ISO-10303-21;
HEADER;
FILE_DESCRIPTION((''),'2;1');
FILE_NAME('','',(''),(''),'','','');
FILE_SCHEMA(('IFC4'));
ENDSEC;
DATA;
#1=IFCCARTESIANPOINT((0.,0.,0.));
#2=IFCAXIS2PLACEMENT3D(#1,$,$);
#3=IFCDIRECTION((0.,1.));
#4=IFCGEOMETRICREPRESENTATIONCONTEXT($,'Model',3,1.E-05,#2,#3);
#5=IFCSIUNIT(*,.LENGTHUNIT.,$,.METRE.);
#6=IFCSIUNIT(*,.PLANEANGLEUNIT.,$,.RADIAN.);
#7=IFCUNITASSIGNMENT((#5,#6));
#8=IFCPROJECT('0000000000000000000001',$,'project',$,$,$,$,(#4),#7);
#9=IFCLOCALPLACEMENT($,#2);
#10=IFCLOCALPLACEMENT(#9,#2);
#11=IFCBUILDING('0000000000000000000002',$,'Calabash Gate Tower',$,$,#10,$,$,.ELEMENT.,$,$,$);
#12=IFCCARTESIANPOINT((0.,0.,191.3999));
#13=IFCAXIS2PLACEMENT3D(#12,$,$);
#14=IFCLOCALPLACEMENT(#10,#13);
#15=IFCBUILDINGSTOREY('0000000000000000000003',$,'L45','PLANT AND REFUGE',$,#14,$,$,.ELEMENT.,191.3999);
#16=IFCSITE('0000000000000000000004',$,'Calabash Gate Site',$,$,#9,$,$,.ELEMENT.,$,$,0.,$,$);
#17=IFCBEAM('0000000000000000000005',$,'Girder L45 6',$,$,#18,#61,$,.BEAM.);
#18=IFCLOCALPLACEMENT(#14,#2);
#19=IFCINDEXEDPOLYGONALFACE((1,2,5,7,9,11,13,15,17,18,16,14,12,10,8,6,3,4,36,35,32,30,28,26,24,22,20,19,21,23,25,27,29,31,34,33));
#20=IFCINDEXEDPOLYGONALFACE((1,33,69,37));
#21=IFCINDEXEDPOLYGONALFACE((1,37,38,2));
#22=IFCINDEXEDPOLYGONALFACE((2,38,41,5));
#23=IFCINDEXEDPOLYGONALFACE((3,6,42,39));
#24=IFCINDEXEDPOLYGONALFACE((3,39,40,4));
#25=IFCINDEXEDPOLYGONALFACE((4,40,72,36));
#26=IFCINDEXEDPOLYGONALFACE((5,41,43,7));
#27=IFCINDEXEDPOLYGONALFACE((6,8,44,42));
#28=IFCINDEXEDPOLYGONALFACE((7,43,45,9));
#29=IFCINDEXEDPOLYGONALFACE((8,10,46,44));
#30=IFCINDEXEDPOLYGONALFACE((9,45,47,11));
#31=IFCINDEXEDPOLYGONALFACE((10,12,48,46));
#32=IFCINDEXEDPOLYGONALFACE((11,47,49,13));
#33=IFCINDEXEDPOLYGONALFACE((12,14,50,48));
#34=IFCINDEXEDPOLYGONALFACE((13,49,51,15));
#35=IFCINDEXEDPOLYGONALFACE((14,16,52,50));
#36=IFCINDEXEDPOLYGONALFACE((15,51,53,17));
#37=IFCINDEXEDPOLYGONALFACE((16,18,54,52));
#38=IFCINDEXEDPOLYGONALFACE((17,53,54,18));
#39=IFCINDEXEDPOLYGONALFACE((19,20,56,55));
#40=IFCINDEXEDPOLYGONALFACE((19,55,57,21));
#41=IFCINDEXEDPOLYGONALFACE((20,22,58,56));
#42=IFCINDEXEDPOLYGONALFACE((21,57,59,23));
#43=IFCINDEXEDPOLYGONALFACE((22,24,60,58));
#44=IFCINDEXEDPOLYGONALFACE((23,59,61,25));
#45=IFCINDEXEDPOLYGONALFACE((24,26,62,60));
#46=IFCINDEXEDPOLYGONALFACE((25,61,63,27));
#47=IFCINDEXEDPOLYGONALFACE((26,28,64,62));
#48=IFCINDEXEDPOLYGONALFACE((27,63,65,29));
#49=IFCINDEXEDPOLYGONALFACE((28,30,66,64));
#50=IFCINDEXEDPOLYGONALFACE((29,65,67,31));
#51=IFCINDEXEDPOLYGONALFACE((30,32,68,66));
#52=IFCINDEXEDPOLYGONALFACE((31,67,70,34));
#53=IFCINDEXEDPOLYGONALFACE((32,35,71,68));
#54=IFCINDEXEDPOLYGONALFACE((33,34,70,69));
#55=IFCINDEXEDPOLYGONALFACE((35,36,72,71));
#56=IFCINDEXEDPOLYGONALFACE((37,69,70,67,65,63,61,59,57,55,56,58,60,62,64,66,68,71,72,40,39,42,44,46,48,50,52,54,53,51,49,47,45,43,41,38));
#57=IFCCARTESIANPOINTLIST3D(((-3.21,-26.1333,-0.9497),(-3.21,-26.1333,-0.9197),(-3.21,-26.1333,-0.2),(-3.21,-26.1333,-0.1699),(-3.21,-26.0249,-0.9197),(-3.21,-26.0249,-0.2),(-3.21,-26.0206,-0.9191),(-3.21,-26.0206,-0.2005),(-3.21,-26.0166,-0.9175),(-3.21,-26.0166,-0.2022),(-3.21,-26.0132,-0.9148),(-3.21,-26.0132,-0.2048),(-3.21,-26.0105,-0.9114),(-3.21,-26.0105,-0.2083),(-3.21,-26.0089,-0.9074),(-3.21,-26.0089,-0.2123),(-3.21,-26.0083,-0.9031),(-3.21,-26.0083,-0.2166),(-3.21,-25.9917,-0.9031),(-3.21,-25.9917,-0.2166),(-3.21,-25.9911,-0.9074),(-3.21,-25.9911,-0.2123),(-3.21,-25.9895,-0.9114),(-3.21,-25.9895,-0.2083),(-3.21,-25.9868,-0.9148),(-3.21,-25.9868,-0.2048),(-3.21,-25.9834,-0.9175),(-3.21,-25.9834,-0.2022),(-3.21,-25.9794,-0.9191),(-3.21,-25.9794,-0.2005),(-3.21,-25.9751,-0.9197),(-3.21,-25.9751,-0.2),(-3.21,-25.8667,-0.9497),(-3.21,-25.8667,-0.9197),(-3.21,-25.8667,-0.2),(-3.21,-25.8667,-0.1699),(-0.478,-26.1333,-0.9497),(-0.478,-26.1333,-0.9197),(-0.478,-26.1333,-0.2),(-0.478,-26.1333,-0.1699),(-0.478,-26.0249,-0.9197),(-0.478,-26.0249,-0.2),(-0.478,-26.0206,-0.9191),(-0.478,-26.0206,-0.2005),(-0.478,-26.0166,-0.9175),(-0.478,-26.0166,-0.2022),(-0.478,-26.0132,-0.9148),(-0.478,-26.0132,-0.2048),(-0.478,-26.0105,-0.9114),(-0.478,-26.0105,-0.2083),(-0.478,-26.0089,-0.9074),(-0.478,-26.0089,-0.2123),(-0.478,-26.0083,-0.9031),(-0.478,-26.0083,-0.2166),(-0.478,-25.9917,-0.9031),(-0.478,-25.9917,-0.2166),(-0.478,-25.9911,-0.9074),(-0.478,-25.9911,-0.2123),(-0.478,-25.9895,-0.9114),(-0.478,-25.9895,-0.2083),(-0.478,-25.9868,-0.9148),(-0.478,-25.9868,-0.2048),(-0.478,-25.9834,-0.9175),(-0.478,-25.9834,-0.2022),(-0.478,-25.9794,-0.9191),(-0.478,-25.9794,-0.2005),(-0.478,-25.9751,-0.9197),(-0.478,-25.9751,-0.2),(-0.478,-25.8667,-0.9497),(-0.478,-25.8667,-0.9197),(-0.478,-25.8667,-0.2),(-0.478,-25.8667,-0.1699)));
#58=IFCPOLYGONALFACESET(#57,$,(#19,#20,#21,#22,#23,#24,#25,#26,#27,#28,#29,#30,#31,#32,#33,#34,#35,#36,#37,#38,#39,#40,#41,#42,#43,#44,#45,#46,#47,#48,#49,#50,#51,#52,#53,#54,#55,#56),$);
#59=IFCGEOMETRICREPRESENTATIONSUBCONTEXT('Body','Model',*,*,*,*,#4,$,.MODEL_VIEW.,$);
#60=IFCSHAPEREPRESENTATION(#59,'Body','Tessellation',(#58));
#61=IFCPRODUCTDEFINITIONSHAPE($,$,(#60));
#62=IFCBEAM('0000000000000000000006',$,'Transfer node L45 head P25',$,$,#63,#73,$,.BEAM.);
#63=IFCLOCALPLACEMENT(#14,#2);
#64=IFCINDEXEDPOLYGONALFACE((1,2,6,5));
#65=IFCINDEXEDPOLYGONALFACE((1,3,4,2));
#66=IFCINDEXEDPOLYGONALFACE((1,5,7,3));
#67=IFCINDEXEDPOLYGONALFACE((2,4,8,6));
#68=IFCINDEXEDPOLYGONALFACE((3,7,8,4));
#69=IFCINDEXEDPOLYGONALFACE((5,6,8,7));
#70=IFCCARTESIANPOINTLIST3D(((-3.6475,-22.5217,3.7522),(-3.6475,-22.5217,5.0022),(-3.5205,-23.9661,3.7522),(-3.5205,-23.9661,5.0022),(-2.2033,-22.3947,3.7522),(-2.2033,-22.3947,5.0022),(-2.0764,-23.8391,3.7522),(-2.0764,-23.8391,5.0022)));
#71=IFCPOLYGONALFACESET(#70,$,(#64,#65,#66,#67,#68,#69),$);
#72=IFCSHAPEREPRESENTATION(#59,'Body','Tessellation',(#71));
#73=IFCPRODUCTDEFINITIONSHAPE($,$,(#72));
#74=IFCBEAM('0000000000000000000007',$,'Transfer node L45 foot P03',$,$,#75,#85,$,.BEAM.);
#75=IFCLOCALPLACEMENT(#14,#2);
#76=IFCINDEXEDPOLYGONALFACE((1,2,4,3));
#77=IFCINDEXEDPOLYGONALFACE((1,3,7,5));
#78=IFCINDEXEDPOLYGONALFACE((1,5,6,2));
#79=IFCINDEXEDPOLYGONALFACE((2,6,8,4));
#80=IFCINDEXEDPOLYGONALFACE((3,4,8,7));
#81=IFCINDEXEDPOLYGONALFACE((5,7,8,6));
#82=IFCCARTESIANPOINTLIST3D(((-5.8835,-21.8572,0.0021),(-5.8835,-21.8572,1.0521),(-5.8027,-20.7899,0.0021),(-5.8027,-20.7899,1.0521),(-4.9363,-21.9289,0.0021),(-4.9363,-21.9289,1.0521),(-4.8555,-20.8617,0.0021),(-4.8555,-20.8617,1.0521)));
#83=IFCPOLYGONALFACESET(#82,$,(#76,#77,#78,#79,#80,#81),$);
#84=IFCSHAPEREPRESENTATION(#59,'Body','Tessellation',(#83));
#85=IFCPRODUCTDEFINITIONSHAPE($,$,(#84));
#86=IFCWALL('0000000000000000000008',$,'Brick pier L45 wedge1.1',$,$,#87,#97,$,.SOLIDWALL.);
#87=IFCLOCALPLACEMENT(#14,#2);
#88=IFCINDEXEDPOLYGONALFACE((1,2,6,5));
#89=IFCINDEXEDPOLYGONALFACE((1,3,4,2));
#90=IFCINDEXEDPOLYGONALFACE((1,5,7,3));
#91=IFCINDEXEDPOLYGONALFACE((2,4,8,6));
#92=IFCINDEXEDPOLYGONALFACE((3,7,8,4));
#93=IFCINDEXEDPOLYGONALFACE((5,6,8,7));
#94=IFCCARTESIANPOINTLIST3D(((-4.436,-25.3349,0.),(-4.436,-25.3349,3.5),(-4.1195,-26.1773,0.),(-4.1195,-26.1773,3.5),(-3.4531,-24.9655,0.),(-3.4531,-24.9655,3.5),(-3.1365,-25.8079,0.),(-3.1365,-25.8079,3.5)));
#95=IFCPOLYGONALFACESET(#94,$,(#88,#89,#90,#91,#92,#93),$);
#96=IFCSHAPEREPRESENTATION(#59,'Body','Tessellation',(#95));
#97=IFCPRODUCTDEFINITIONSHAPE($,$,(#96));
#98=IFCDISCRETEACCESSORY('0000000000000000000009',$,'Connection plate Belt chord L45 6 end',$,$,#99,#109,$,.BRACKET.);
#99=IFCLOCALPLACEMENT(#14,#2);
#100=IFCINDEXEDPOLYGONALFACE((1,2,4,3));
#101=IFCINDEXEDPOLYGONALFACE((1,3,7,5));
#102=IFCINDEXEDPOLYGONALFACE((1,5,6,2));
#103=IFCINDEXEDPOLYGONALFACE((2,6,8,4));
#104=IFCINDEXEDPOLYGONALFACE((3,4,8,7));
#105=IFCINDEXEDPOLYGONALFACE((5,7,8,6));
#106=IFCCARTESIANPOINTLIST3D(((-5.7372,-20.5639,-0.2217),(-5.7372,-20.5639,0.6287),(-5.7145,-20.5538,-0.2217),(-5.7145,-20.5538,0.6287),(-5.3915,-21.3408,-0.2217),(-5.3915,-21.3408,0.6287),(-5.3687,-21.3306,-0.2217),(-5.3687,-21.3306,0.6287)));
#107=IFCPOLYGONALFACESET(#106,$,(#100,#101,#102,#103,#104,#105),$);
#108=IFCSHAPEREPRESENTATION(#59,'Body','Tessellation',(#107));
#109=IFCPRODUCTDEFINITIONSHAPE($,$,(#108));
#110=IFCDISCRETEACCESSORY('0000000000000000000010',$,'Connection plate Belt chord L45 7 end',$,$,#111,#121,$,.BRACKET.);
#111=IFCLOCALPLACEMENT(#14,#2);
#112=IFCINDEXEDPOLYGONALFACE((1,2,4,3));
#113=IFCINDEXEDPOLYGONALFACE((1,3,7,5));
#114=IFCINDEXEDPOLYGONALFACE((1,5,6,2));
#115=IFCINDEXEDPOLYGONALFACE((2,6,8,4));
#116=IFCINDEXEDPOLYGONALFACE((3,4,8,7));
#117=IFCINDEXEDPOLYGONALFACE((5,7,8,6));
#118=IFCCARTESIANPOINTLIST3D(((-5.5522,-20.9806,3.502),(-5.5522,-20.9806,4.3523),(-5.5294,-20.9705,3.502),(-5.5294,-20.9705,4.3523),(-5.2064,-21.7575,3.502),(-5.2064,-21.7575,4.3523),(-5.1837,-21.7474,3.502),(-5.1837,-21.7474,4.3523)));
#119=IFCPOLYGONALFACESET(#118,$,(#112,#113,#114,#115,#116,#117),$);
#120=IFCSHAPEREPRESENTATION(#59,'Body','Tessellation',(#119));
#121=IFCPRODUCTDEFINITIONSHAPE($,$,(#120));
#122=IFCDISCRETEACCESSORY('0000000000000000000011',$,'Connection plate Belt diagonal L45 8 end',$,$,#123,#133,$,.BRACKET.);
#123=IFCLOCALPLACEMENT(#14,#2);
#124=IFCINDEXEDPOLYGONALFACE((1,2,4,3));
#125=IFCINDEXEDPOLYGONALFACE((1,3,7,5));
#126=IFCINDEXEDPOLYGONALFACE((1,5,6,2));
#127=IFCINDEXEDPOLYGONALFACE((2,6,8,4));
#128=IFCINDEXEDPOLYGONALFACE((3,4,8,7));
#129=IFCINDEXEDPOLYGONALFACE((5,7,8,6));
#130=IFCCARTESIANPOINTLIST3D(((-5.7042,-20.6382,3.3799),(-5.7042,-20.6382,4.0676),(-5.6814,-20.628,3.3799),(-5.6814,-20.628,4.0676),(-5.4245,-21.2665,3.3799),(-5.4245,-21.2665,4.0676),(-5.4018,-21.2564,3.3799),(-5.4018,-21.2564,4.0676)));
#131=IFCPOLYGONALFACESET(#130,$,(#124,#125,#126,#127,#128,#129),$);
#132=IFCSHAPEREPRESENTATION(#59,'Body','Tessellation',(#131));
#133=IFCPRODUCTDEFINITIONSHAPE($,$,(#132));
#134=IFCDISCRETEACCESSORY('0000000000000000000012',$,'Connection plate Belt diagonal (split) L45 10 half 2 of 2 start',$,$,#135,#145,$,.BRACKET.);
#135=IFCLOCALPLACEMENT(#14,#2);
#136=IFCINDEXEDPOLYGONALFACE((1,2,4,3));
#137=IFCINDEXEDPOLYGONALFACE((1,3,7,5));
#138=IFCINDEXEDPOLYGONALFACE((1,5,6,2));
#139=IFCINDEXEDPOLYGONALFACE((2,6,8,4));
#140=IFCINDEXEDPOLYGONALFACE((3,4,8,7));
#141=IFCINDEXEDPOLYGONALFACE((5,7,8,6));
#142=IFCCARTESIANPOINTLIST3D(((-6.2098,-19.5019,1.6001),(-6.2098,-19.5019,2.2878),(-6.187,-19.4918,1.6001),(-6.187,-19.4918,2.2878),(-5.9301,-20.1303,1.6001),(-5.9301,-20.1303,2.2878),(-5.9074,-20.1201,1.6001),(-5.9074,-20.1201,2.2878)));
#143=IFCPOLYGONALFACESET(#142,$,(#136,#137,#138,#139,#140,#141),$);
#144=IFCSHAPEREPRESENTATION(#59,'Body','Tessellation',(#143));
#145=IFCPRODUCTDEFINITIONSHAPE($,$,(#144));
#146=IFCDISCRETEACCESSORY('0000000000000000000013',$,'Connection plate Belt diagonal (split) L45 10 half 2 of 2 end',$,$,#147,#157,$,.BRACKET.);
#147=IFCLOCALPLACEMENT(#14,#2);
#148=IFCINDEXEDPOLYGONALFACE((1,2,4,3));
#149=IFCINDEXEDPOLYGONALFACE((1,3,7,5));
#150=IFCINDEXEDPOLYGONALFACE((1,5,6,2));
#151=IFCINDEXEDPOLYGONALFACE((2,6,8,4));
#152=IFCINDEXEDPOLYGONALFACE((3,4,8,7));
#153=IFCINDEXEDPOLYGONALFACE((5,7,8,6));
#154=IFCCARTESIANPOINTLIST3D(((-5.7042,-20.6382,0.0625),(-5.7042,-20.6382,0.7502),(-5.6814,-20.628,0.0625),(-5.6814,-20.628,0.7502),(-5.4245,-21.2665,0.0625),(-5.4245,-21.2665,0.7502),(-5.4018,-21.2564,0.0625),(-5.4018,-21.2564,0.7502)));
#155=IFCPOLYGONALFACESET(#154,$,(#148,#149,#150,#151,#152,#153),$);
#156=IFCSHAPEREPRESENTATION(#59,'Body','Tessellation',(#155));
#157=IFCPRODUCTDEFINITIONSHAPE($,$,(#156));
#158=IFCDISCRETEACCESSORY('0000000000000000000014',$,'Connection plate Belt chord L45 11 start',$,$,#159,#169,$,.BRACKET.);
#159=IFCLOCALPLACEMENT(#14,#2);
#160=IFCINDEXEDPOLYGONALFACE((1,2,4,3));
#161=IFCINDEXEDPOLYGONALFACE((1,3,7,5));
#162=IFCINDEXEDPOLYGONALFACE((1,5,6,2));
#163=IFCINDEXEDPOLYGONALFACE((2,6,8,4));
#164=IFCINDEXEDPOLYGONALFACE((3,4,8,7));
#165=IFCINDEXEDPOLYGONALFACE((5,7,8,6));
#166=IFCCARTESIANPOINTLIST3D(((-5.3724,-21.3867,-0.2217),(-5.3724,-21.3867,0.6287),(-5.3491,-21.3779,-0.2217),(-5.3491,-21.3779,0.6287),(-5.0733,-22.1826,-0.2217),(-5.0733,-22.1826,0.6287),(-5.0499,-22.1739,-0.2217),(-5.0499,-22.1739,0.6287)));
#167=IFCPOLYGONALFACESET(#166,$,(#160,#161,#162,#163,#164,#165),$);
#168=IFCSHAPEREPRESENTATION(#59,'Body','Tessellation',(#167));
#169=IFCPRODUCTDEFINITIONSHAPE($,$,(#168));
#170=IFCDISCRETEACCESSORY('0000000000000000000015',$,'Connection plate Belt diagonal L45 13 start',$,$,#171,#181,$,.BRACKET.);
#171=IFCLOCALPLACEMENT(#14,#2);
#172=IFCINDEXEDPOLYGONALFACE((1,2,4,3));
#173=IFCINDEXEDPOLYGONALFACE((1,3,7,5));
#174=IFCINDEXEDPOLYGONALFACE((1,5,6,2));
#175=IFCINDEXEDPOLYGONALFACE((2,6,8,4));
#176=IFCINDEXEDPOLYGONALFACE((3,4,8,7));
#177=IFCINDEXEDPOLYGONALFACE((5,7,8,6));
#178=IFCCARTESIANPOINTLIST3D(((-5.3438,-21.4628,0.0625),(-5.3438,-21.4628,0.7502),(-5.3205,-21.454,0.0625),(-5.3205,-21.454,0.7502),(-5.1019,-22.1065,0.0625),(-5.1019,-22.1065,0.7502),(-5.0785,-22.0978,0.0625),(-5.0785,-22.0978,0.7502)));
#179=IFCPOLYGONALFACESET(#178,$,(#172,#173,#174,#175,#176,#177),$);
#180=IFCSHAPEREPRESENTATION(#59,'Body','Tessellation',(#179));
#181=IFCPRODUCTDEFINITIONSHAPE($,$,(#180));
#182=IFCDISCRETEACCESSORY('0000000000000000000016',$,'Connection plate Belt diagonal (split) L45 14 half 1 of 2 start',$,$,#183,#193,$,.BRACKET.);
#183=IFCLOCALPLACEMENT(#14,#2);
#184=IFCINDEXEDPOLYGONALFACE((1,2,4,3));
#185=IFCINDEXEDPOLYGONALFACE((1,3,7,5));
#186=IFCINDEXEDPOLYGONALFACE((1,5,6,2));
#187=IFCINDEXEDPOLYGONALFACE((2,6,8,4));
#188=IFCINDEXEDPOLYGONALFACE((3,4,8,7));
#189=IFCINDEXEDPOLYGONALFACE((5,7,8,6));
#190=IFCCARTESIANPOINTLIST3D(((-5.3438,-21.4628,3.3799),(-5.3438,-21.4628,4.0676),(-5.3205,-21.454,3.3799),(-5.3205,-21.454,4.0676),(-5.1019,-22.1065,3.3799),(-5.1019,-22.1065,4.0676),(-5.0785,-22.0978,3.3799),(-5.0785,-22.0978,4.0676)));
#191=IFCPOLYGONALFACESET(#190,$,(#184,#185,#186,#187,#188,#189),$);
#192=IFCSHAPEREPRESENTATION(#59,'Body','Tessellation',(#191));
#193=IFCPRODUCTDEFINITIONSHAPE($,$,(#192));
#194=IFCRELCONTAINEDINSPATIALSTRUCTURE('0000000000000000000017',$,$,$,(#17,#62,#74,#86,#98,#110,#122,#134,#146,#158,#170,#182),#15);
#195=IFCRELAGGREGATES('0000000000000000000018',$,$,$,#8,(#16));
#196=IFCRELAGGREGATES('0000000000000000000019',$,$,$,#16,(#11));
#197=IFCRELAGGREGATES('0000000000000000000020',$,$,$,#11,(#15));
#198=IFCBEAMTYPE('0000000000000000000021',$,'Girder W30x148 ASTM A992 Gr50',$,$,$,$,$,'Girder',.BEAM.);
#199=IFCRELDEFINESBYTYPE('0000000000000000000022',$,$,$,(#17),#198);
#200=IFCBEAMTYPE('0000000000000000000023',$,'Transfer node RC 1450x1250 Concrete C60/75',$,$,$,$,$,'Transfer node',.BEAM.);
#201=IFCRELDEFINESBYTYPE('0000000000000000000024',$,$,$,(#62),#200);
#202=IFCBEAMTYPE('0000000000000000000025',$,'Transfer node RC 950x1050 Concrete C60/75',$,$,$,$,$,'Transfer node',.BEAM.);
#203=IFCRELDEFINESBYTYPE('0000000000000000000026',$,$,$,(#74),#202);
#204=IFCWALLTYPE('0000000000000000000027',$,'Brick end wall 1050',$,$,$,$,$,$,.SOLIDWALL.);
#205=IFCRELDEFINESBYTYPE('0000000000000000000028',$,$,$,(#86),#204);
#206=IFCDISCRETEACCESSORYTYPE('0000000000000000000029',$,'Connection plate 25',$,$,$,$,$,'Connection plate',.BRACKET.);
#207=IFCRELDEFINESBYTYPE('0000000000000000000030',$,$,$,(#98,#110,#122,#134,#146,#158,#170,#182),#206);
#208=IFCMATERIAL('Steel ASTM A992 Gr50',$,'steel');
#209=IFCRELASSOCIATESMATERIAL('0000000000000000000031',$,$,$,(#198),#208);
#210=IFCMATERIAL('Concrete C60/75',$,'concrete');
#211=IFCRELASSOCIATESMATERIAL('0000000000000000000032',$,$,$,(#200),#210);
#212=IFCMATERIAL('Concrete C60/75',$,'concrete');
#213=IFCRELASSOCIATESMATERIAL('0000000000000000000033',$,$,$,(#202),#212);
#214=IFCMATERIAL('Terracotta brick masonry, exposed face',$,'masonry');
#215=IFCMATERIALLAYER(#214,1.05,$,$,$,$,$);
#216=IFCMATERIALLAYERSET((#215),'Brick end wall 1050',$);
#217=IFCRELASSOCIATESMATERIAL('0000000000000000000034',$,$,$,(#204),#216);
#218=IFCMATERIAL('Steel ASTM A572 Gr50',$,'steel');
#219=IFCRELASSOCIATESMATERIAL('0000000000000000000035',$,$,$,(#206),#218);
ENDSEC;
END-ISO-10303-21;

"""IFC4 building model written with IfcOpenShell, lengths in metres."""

from ifc_helpers import new_model, si_unit, direction, frame, frame_2d, origin, origin_2d, place, context, subcontext, project, spatial, rectangle, i_section, extrude, material, layer, layer_set, material_profile, profile_set, type_object, element, save


model = new_model("IFC4")

# Units and contexts
model_context = context("Model", 3, precision=1e-05, world=origin(), true_north=direction((0.0, 1.0)))
body_context = subcontext(model_context, "Body", "Model", "MODEL_VIEW")
ifc_project = project(units=[si_unit("LENGTHUNIT", "METRE"), si_unit("PLANEANGLEUNIT", "RADIAN")], contexts=[model_context])

# Site, building, storey
site_placement = place(None, origin())
site = spatial("IfcSite", under=ifc_project, at=site_placement, Name="Calabash Gate Site", CompositionType="ELEMENT", RefElevation=0.0)
building_placement = place(site_placement, origin())
building = spatial("IfcBuilding", under=site, at=building_placement, Name="Calabash Gate Tower", CompositionType="ELEMENT")
storey_placement = place(building_placement, frame((0.0, 0.0, 191.3999)))
storey = spatial("IfcBuildingStorey", under=building, at=storey_placement, Name="L45", Description="PLANT AND REFUGE", CompositionType="ELEMENT", Elevation=191.3999)

# Beams
ifc_material_1 = material(Name="Steel ASTM A992 Gr50", Category="steel")
ifc_material_profile_1 = material_profile(ifc_material_1, i_section(OverallWidth=0.2666, OverallDepth=0.7798, WebThickness=0.0166, FlangeThickness=0.03, FilletRadius=0.0166, at=origin_2d()))
ifc_profile_set_1 = profile_set([ifc_material_profile_1], Name="Steel ASTM A992 Gr50")
beam_type_1 = type_object("IfcBeamType", Name="Girder W30x148 ASTM A992 Gr50", ElementType="Girder", PredefinedType="BEAM", material=ifc_profile_set_1)
beam_1_placement = place(storey_placement, frame((-3.21, -26.0, -0.5598), z_axis=(1.0, 0.0, 0.0), x_axis=(0.0, 1.0, 0.0)))
element("IfcBeam", 1, at=beam_1_placement, inside=storey, type_object=beam_type_1, Name="Girder L45 6", PredefinedType="BEAM", context=body_context, shape_type="SweptSolid", body=[
    extrude(i_section(OverallWidth=0.2666, OverallDepth=0.7798, WebThickness=0.0166, FlangeThickness=0.03, FilletRadius=0.0166, at=origin_2d()), origin(), (0.0, 0.0, 1.0), 2.7319),
])
ifc_material_2 = material(Name="Concrete C60/75", Category="concrete")
ifc_material_profile_2 = material_profile(ifc_material_2, rectangle(XDim=1.45, YDim=1.25, at=origin_2d()))
ifc_profile_set_2 = profile_set([ifc_material_profile_2], Name="Concrete C60/75")
beam_type_2 = type_object("IfcBeamType", Name="Transfer node RC 1450x1250 Concrete C60/75", ElementType="Transfer node", PredefinedType="BEAM", material=ifc_profile_set_2)
beam_2_placement = place(storey_placement, frame((-3.584, -23.2439, 4.3772), z_axis=(0.996158, 0.087574, 0.0), x_axis=(-0.087574, 0.996158, 0.0)))
element("IfcBeam", 2, at=beam_2_placement, inside=storey, type_object=beam_type_2, Name="Transfer node L45 head P25", PredefinedType="BEAM", context=body_context, shape_type="SweptSolid", body=[
    extrude(rectangle(XDim=1.45, YDim=1.25, at=origin_2d()), origin(), (0.0, 0.0, 1.0), 1.4497),
])
ifc_material_3 = material(Name="Concrete C60/75", Category="concrete")
ifc_material_profile_3 = material_profile(ifc_material_3, rectangle(XDim=0.95, YDim=1.05, at=origin_2d()))
ifc_profile_set_3 = profile_set([ifc_material_profile_3], Name="Concrete C60/75")
beam_type_3 = type_object("IfcBeamType", Name="Transfer node RC 950x1050 Concrete C60/75", ElementType="Transfer node", PredefinedType="BEAM", material=ifc_profile_set_3)
beam_3_placement = place(storey_placement, frame((-5.4099, -21.8931, 0.5271), z_axis=(0.07551, 0.997145, 0.0), x_axis=(-0.997145, 0.07551, 0.0)))
element("IfcBeam", 3, at=beam_3_placement, inside=storey, type_object=beam_type_3, Name="Transfer node L45 foot P03", PredefinedType="BEAM", context=body_context, shape_type="SweptSolid", body=[
    extrude(rectangle(XDim=0.95, YDim=1.05, at=origin_2d()), origin(), (0.0, 0.0, 1.0), 1.0703),
])

# Wall
ifc_material_4 = material(Name="Terracotta brick masonry, exposed face", Category="masonry")
ifc_layer = layer(ifc_material_4, 1.05)
ifc_layer_set = layer_set([ifc_layer], Name="Brick end wall 1050")
wall_type = type_object("IfcWallType", Name="Brick end wall 1050", PredefinedType="SOLIDWALL", material=ifc_layer_set)
wall_placement = place(storey_placement, frame((-3.2949, -25.3867, 0.0), z_axis=(0.0, 0.0, 1.0), x_axis=(-0.936081, -0.351786, 0.0)))
element("IfcWall", 4, at=wall_placement, inside=storey, type_object=wall_type, Name="Brick pier L45 wedge1.1", PredefinedType="SOLIDWALL", context=body_context, shape_type="SweptSolid", body=[
    extrude(rectangle(XDim=1.05, YDim=0.8999, at=frame_2d((0.5249, 0.0))), origin(), (0.0, 0.0, 1.0), 3.5),
])

# Discrete accessories
ifc_material_5 = material(Name="Steel ASTM A572 Gr50", Category="steel")
discrete_accessory_type = type_object("IfcDiscreteAccessoryType", Name="Connection plate 25", ElementType="Connection plate", PredefinedType="BRACKET", material=ifc_material_5)
for number, where, z_axis, x_axis, name in (
    (5, (-5.553, -20.9473, -0.2217), (0.0, 0.0, 1.0), (0.406612, -0.913601, 0.0), "Connection plate Belt chord L45 6 end"),
    (6, (-5.3679, -21.364, 3.502), (0.0, 0.0, 1.0), (0.4066, -0.913606, 0.0), "Connection plate Belt chord L45 7 end"),
):
    element("IfcDiscreteAccessory", number, at=place(storey_placement, frame(where, z_axis=z_axis, x_axis=x_axis)), inside=storey, type_object=discrete_accessory_type, Name=name, PredefinedType="BRACKET", context=body_context, shape_type="SweptSolid", body=[
        extrude(rectangle(XDim=0.8503, YDim=0.0249, at=origin_2d()), origin(), (0.0, 0.0, 1.0), 0.8503),
    ])
for number, where, z_axis, x_axis, name in (
    (7, (-5.553, -20.9473, 3.3799), (0.0, 0.0, 1.0), (0.406612, -0.913601, 0.0), "Connection plate Belt diagonal L45 8 end"),
    (8, (-6.0586, -19.811, 1.6001), (0.0, 0.0, 1.0), (0.406611, -0.913601, 0.0), "Connection plate Belt diagonal (split) L45 10 half 2 of 2 start"),
    (9, (-5.553, -20.9473, 0.0625), (0.0, 0.0, 1.0), (0.406611, -0.913601, 0.0), "Connection plate Belt diagonal (split) L45 10 half 2 of 2 end"),
):
    element("IfcDiscreteAccessory", number, at=place(storey_placement, frame(where, z_axis=z_axis, x_axis=x_axis)), inside=storey, type_object=discrete_accessory_type, Name=name, PredefinedType="BRACKET", context=body_context, shape_type="SweptSolid", body=[
        extrude(rectangle(XDim=0.6877, YDim=0.0249, at=origin_2d()), origin(), (0.0, 0.0, 1.0), 0.6877),
    ])
discrete_accessory_placement = place(storey_placement, frame((-5.2112, -21.7803, -0.2217), z_axis=(0.0, 0.0, 1.0), x_axis=(0.351823, -0.936067, 0.0)))
element("IfcDiscreteAccessory", 10, at=discrete_accessory_placement, inside=storey, type_object=discrete_accessory_type, Name="Connection plate Belt chord L45 11 start", PredefinedType="BRACKET", context=body_context, shape_type="SweptSolid", body=[
    extrude(rectangle(XDim=0.8503, YDim=0.0249, at=origin_2d()), origin(), (0.0, 0.0, 1.0), 0.8503),
])
for number, where, z_axis, x_axis, name in (
    (11, (-5.2112, -21.7803, 0.0625), (0.0, 0.0, 1.0), (0.351823, -0.936067, 0.0), "Connection plate Belt diagonal L45 13 start"),
    (12, (-5.2112, -21.7803, 3.3799), (0.0, 0.0, 1.0), (0.351823, -0.936067, 0.0), "Connection plate Belt diagonal (split) L45 14 half 1 of 2 start"),
):
    element("IfcDiscreteAccessory", number, at=place(storey_placement, frame(where, z_axis=z_axis, x_axis=x_axis)), inside=storey, type_object=discrete_accessory_type, Name=name, PredefinedType="BRACKET", context=body_context, shape_type="SweptSolid", body=[
        extrude(rectangle(XDim=0.6877, YDim=0.0249, at=origin_2d()), origin(), (0.0, 0.0, 1.0), 0.6877),
    ])

save(model, "model.ifc")
